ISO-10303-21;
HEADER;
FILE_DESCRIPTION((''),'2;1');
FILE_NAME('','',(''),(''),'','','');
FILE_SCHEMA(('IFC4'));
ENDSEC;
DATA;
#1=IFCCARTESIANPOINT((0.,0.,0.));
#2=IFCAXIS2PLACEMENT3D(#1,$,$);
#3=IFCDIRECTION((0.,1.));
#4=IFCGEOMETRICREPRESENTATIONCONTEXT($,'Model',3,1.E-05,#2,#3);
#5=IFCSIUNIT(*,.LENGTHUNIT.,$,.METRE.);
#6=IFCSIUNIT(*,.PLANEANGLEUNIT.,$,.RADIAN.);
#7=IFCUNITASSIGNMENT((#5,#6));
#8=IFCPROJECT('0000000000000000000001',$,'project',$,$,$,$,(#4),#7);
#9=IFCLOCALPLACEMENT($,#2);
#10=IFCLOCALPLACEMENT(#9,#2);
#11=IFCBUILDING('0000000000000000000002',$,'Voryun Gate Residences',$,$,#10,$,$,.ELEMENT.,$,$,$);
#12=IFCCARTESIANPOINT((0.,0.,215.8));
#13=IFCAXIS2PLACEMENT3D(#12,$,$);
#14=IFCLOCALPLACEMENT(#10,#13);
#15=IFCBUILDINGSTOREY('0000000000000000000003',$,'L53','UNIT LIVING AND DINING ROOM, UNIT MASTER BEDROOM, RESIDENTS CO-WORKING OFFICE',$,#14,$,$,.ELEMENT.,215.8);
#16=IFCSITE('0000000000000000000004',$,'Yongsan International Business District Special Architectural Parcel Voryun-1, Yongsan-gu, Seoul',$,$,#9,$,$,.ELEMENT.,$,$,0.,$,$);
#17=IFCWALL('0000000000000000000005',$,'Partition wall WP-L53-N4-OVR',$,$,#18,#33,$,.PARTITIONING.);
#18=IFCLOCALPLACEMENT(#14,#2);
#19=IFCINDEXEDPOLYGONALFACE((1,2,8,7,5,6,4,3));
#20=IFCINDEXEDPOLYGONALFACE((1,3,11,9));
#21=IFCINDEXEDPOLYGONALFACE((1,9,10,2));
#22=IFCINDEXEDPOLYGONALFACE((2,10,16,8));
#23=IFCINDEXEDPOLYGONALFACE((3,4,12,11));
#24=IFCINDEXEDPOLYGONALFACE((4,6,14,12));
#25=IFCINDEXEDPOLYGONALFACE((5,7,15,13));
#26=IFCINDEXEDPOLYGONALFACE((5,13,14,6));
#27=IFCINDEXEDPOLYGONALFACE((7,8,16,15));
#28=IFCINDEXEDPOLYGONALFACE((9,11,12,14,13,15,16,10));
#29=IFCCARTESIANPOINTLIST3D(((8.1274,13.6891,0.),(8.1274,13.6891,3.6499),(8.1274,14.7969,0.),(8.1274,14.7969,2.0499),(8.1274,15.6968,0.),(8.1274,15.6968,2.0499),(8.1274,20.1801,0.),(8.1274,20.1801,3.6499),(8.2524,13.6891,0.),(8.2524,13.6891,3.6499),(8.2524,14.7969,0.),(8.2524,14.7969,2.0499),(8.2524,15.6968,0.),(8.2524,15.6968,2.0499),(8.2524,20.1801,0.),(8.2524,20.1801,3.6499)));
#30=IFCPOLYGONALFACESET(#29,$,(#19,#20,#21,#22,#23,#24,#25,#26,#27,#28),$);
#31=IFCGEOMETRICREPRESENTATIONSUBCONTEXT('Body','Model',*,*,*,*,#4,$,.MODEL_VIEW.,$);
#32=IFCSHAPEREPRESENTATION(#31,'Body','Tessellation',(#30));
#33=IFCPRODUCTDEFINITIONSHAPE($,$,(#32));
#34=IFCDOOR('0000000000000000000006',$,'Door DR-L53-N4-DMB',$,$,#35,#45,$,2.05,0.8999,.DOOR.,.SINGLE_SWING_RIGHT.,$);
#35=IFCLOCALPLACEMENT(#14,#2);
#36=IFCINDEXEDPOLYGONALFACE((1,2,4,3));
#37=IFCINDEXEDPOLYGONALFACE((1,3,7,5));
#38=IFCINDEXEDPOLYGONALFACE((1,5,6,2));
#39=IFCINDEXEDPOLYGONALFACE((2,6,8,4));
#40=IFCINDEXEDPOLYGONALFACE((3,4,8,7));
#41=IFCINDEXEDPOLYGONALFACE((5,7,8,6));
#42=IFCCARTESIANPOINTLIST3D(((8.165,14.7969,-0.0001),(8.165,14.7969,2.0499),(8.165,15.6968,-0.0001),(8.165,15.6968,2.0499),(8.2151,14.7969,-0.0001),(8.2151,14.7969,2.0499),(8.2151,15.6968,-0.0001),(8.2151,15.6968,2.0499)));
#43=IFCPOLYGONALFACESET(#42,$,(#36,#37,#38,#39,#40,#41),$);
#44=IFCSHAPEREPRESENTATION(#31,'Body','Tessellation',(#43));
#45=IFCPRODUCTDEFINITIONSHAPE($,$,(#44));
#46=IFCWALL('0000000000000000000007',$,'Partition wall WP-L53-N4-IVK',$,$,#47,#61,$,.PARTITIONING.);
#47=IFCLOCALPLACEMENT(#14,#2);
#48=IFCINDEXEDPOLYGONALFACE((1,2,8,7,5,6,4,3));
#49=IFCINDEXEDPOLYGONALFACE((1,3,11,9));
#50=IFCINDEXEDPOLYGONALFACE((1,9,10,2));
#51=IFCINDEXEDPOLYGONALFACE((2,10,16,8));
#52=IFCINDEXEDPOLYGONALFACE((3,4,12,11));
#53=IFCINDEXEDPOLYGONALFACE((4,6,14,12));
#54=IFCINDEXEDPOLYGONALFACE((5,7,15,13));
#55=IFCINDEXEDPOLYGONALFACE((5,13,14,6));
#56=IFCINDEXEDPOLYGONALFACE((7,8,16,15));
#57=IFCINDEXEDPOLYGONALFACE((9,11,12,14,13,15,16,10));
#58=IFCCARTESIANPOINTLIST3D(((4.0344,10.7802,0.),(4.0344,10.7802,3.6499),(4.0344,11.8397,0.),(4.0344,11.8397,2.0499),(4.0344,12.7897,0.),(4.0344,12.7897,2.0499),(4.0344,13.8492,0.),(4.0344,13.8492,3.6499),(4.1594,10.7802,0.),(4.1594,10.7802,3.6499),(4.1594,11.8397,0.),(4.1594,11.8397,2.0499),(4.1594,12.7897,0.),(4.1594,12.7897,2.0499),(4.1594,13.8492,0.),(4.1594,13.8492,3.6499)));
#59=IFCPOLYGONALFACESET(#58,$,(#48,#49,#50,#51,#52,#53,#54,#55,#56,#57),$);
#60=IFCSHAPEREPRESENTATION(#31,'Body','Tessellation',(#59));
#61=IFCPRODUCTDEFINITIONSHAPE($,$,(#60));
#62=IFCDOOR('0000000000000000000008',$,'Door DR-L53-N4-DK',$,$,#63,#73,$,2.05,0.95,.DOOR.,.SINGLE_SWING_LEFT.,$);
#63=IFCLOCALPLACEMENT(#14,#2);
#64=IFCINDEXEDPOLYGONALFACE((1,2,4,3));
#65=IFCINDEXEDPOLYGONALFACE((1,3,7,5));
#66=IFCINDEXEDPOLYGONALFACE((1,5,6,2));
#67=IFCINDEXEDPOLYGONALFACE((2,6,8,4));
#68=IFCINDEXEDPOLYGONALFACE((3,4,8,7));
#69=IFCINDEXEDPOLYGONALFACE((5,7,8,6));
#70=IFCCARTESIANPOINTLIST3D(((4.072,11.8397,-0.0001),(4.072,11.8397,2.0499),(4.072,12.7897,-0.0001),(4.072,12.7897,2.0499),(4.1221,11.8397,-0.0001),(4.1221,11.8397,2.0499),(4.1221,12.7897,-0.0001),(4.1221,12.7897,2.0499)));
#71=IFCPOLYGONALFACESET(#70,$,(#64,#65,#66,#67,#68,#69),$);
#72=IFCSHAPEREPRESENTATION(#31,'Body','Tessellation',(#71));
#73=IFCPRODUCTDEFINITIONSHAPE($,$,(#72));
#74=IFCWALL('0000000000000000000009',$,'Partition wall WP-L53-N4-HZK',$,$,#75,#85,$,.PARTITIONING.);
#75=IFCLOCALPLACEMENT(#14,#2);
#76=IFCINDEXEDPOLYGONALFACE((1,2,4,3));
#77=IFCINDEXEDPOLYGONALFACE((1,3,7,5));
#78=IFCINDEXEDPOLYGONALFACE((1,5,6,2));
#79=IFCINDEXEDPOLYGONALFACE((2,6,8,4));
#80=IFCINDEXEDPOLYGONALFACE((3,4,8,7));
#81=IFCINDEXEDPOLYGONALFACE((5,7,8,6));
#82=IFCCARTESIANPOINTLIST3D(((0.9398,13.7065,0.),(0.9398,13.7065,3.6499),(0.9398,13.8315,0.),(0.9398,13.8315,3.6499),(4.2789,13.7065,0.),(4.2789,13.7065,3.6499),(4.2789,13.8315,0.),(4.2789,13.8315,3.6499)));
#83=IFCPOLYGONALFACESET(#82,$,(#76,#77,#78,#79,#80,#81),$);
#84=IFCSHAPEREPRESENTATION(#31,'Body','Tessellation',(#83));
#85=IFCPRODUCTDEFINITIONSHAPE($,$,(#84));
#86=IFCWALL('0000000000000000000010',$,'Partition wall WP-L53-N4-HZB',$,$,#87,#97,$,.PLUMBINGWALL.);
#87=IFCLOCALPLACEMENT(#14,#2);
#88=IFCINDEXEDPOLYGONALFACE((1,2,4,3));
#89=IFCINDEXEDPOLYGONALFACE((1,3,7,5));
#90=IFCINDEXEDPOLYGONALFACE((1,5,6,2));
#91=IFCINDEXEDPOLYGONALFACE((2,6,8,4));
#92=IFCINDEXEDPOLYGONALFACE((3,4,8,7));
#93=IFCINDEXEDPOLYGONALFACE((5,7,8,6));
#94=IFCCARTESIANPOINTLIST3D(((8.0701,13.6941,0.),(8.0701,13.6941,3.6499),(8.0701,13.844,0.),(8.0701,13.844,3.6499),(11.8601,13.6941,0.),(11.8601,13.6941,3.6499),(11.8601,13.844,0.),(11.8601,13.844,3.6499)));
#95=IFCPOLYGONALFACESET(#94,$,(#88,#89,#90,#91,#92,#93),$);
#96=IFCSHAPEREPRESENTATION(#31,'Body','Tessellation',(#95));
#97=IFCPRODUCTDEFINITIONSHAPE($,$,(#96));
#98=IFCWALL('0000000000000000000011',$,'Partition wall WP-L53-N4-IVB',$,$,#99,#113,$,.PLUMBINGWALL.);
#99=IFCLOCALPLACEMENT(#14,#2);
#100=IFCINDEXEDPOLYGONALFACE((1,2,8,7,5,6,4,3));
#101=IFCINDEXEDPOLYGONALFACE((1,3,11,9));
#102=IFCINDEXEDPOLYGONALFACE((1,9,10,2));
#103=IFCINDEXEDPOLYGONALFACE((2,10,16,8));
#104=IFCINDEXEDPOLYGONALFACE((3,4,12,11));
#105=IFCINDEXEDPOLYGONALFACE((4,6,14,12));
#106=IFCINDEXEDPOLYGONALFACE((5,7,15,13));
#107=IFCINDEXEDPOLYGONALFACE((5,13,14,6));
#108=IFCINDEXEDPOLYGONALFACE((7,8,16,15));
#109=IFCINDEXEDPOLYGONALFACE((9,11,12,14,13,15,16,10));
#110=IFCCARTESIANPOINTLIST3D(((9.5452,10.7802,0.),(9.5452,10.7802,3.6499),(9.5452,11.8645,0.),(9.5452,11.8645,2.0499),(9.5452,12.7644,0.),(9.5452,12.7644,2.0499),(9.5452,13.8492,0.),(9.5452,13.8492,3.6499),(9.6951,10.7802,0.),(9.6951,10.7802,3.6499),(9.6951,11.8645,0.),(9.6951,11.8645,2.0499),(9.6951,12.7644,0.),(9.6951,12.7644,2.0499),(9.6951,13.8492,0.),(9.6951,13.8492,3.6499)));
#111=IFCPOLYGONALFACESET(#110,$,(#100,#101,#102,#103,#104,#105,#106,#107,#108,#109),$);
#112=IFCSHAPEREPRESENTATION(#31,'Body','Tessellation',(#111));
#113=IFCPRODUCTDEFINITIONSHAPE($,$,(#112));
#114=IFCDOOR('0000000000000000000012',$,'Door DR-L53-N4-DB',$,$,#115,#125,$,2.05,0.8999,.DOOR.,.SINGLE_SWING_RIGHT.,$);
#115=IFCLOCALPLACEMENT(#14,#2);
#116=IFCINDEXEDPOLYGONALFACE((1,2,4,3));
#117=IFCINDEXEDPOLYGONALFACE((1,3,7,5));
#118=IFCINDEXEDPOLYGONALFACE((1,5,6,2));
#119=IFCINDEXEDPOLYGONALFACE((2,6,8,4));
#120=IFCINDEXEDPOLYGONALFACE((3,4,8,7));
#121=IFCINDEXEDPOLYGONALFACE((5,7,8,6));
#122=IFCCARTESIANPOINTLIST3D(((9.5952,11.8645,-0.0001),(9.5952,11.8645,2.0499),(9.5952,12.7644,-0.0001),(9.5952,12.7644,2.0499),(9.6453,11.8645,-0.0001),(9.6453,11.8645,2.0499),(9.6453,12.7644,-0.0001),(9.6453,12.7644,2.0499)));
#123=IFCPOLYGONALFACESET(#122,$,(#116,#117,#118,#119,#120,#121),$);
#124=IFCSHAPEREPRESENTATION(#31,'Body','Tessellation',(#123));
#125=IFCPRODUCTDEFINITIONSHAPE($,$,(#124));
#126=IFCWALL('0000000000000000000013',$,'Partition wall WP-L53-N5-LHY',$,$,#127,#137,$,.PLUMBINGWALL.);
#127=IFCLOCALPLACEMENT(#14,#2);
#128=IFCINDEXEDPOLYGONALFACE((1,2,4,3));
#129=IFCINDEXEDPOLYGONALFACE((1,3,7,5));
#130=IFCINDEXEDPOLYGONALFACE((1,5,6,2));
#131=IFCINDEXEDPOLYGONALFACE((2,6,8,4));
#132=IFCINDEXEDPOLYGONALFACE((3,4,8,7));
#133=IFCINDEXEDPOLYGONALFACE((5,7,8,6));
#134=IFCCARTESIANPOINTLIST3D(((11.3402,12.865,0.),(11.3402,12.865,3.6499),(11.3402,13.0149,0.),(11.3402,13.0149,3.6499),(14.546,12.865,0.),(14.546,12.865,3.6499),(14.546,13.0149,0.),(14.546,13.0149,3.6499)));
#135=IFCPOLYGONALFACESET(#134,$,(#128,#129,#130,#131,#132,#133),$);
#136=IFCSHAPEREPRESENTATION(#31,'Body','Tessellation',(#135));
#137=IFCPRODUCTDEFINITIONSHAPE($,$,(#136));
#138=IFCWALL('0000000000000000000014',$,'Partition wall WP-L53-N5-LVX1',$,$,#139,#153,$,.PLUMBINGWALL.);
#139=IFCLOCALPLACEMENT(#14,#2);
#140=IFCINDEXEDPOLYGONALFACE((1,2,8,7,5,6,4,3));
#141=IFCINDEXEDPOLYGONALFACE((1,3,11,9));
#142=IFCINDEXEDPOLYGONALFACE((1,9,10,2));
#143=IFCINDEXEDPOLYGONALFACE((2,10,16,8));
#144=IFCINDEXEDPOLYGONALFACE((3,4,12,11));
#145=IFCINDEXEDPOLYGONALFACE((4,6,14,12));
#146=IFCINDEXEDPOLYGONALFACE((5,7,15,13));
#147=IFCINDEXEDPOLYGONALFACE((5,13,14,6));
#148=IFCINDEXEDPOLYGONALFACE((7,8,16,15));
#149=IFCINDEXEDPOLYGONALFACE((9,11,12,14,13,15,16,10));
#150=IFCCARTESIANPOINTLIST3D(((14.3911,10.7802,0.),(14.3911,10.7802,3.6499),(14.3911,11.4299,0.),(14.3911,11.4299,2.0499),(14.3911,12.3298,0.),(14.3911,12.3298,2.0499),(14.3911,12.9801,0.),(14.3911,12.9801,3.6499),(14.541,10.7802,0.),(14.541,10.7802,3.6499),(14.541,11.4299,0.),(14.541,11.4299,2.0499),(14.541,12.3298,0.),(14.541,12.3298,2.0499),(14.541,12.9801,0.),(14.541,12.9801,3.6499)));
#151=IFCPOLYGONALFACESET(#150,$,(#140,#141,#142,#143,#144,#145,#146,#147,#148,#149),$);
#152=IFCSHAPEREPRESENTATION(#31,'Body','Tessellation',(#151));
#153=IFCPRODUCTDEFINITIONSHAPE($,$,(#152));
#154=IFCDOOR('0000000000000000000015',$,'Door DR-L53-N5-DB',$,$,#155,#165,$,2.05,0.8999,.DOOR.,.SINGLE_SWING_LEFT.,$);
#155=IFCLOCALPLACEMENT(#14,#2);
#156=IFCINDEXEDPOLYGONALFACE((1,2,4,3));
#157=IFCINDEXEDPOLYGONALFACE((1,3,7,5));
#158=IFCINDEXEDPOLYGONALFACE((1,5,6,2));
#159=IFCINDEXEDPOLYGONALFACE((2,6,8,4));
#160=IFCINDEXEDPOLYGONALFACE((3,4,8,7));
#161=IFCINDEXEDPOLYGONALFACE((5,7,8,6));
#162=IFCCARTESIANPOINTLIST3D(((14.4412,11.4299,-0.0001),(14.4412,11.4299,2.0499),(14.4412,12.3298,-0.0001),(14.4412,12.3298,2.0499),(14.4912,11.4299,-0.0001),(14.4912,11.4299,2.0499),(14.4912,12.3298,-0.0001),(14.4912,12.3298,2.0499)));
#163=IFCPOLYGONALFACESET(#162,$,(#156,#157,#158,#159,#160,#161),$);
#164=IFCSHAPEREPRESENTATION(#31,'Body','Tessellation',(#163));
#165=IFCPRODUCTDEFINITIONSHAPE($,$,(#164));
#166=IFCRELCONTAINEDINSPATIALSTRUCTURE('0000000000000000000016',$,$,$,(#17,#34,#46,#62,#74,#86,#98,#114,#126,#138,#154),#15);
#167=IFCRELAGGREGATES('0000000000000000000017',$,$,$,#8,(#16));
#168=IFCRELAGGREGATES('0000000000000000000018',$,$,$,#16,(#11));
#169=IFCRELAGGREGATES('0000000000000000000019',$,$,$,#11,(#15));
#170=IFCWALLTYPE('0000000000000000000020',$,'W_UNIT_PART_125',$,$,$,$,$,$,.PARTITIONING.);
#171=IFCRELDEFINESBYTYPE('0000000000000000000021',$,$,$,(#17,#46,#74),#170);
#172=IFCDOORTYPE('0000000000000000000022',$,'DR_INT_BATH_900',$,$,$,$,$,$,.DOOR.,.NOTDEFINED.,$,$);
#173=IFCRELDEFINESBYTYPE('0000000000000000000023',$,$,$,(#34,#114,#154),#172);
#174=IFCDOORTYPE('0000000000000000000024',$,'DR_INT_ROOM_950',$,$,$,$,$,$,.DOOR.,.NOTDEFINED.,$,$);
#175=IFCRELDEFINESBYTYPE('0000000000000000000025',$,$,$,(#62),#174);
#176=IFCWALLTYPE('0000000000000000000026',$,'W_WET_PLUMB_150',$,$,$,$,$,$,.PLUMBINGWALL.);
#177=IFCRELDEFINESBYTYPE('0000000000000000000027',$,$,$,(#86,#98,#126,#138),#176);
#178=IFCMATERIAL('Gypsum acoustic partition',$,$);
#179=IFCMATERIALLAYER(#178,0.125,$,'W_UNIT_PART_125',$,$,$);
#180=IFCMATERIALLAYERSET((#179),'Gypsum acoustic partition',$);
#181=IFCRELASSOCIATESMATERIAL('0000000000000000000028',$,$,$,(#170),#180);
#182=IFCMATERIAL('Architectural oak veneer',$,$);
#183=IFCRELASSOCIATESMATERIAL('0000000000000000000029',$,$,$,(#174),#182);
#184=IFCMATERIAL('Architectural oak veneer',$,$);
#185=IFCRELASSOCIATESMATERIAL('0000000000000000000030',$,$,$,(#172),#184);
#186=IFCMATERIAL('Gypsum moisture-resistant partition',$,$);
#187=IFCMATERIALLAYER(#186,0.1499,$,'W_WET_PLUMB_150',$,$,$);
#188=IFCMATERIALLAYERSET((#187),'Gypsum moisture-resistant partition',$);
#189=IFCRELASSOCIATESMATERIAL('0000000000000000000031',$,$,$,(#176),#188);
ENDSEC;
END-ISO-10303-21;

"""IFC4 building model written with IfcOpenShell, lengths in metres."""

from ifc_helpers import new_model, si_unit, direction, frame, frame_2d, origin, place, context, subcontext, project, spatial, rectangle, extrude, material, layer, layer_set, type_object, element, fill, save


model = new_model("IFC4")

# Units and contexts
model_context = context("Model", 3, precision=1e-05, world=origin(), true_north=direction((0.0, 1.0)))
body_context = subcontext(model_context, "Body", "Model", "MODEL_VIEW")
ifc_project = project(units=[si_unit("LENGTHUNIT", "METRE"), si_unit("PLANEANGLEUNIT", "RADIAN")], contexts=[model_context])

# Site, building, storey
site_placement = place(None, origin())
site = spatial("IfcSite", under=ifc_project, at=site_placement, Name="Yongsan International Business District Special Architectural Parcel Voryun-1, Yongsan-gu, Seoul", CompositionType="ELEMENT", RefElevation=0.0)
building_placement = place(site_placement, origin())
building = spatial("IfcBuilding", under=site, at=building_placement, Name="Voryun Gate Residences", CompositionType="ELEMENT")
storey_placement = place(building_placement, frame((0.0, 0.0, 215.8)))
storey = spatial("IfcBuildingStorey", under=building, at=storey_placement, Name="L53", Description="UNIT LIVING AND DINING ROOM, UNIT MASTER BEDROOM, RESIDENTS CO-WORKING OFFICE", CompositionType="ELEMENT", Elevation=215.8)

# Walls, openings, doors
ifc_material_1 = material(Name="Gypsum acoustic partition")
ifc_layer_1 = layer(ifc_material_1, 0.125, Name="W_UNIT_PART_125")
ifc_layer_set_1 = layer_set([ifc_layer_1], Name="Gypsum acoustic partition")
wall_type_1 = type_object("IfcWallType", Name="W_UNIT_PART_125", PredefinedType="PARTITIONING", material=ifc_layer_set_1)
ifc_material_2 = material(Name="Architectural oak veneer")
door_type_1 = type_object("IfcDoorType", Name="DR_INT_ROOM_950", OperationType="NOTDEFINED", PredefinedType="DOOR", material=ifc_material_2)
wall_1_placement = place(storey_placement, frame((8.1899, 13.689, 0.0), z_axis=(0.0, 0.0, 1.0), x_axis=(0.0, 1.0, 0.0)))
wall_1 = element("IfcWall", 1, at=wall_1_placement, inside=storey, type_object=wall_type_1, Name="Partition wall WP-L53-N4-OVR", PredefinedType="PARTITIONING", context=body_context, shape_type="SweptSolid", body=[
    extrude(rectangle(XDim=6.491, YDim=0.125, at=frame_2d((3.2456, 0.0))), origin(), (0.0, 0.0, 1.0), 3.6499),
])
opening_1_placement = place(wall_1_placement, frame((1.1079, 0.0, 0.0)))
opening_1 = element("IfcOpeningElement", 2, at=opening_1_placement, cuts=wall_1, PredefinedType="OPENING", context=body_context, shape_type="SweptSolid", body=[
    extrude(rectangle(XDim=0.8999, YDim=2.05, at=frame_2d((0.45, 1.0249))), frame((0.0, 0.0725, 0.0), z_axis=(0.0, -1.0, 0.0), x_axis=(1.0, 0.0, 0.0)), (0.0, 0.0, 1.0), 0.145),
])
ifc_material_3 = material(Name="Architectural oak veneer")
door_type_2 = type_object("IfcDoorType", Name="DR_INT_BATH_900", OperationType="NOTDEFINED", PredefinedType="DOOR", material=ifc_material_3)
door_1_placement = place(opening_1_placement, origin())
door_1 = element("IfcDoor", 3, at=door_1_placement, inside=storey, type_object=door_type_2, Name="Door DR-L53-N4-DMB", OperationType="SINGLE_SWING_RIGHT", OverallHeight=2.05, OverallWidth=0.8999, PredefinedType="DOOR", context=body_context, shape_type="SweptSolid", body=[
    extrude(rectangle(XDim=0.8999, YDim=2.05, at=frame_2d((0.45, 1.0249))), frame((0.0, 0.0249, 0.0), z_axis=(0.0, -1.0, 0.0), x_axis=(1.0, 0.0, 0.0)), (0.0, 0.0, 1.0), 0.05),
])
fill(opening_1, door_1)
wall_2_placement = place(storey_placement, frame((4.0969, 10.78, 0.0), z_axis=(0.0, 0.0, 1.0), x_axis=(0.0, 1.0, 0.0)))
wall_2 = element("IfcWall", 4, at=wall_2_placement, inside=storey, type_object=wall_type_1, Name="Partition wall WP-L53-N4-IVK", PredefinedType="PARTITIONING", context=body_context, shape_type="SweptSolid", body=[
    extrude(rectangle(XDim=3.0691, YDim=0.125, at=frame_2d((1.5347, 0.0))), origin(), (0.0, 0.0, 1.0), 3.6499),
])
opening_2_placement = place(wall_2_placement, frame((1.0596, 0.0, 0.0)))
opening_2 = element("IfcOpeningElement", 5, at=opening_2_placement, cuts=wall_2, PredefinedType="OPENING", context=body_context, shape_type="SweptSolid", body=[
    extrude(rectangle(XDim=0.95, YDim=2.05, at=frame_2d((0.4751, 1.0249))), frame((0.0, 0.0725, 0.0), z_axis=(0.0, -1.0, 0.0), x_axis=(1.0, 0.0, 0.0)), (0.0, 0.0, 1.0), 0.145),
])
door_2_placement = place(opening_2_placement, origin())
door_2 = element("IfcDoor", 6, at=door_2_placement, inside=storey, type_object=door_type_1, Name="Door DR-L53-N4-DK", OperationType="SINGLE_SWING_LEFT", OverallHeight=2.05, OverallWidth=0.95, PredefinedType="DOOR", context=body_context, shape_type="SweptSolid", body=[
    extrude(rectangle(XDim=0.95, YDim=2.05, at=frame_2d((0.4751, 1.0249))), frame((0.0, 0.0249, 0.0), z_axis=(0.0, -1.0, 0.0), x_axis=(1.0, 0.0, 0.0)), (0.0, 0.0, 1.0), 0.05),
])
fill(opening_2, door_2)

# Walls
wall_3_placement = place(storey_placement, frame((0.9399, 13.769, 0.0), z_axis=(0.0, 0.0, 1.0), x_axis=(1.0, 0.0, 0.0)))
element("IfcWall", 7, at=wall_3_placement, inside=storey, type_object=wall_type_1, Name="Partition wall WP-L53-N4-HZK", PredefinedType="PARTITIONING", context=body_context, shape_type="SweptSolid", body=[
    extrude(rectangle(XDim=3.3391, YDim=0.125, at=frame_2d((1.6694, 0.0))), origin(), (0.0, 0.0, 1.0), 3.6499),
])
ifc_material_4 = material(Name="Gypsum moisture-resistant partition")
ifc_layer_2 = layer(ifc_material_4, 0.1499, Name="W_WET_PLUMB_150")
ifc_layer_set_2 = layer_set([ifc_layer_2], Name="Gypsum moisture-resistant partition")
wall_type_2 = type_object("IfcWallType", Name="W_WET_PLUMB_150", PredefinedType="PLUMBINGWALL", material=ifc_layer_set_2)
wall_4_placement = place(storey_placement, frame((8.0701, 13.769, 0.0), z_axis=(0.0, 0.0, 1.0), x_axis=(1.0, 0.0, 0.0)))
element("IfcWall", 8, at=wall_4_placement, inside=storey, type_object=wall_type_2, Name="Partition wall WP-L53-N4-HZB", PredefinedType="PLUMBINGWALL", context=body_context, shape_type="SweptSolid", body=[
    extrude(rectangle(XDim=3.79, YDim=0.1499, at=frame_2d((1.895, 0.0))), origin(), (0.0, 0.0, 1.0), 3.6499),
])

# Wall, opening, door
wall_5_placement = place(storey_placement, frame((9.6201, 10.78, 0.0), z_axis=(0.0, 0.0, 1.0), x_axis=(0.0, 1.0, 0.0)))
wall_5 = element("IfcWall", 9, at=wall_5_placement, inside=storey, type_object=wall_type_2, Name="Partition wall WP-L53-N4-IVB", PredefinedType="PLUMBINGWALL", context=body_context, shape_type="SweptSolid", body=[
    extrude(rectangle(XDim=3.0691, YDim=0.1499, at=frame_2d((1.5347, 0.0))), origin(), (0.0, 0.0, 1.0), 3.6499),
])
opening_3_placement = place(wall_5_placement, frame((1.0845, 0.0, 0.0)))
opening_3 = element("IfcOpeningElement", 10, at=opening_3_placement, cuts=wall_5, PredefinedType="OPENING", context=body_context, shape_type="SweptSolid", body=[
    extrude(rectangle(XDim=0.8999, YDim=2.05, at=frame_2d((0.45, 1.0249))), frame((0.0, 0.085, 0.0), z_axis=(0.0, -1.0, 0.0), x_axis=(1.0, 0.0, 0.0)), (0.0, 0.0, 1.0), 0.1699),
])
door_3_placement = place(opening_3_placement, origin())
door_3 = element("IfcDoor", 11, at=door_3_placement, inside=storey, type_object=door_type_2, Name="Door DR-L53-N4-DB", OperationType="SINGLE_SWING_RIGHT", OverallHeight=2.05, OverallWidth=0.8999, PredefinedType="DOOR", context=body_context, shape_type="SweptSolid", body=[
    extrude(rectangle(XDim=0.8999, YDim=2.05, at=frame_2d((0.45, 1.0249))), frame((0.0, 0.0249, 0.0), z_axis=(0.0, -1.0, 0.0), x_axis=(1.0, 0.0, 0.0)), (0.0, 0.0, 1.0), 0.05),
])
fill(opening_3, door_3)

# Wall
wall_6_placement = place(storey_placement, frame((11.3401, 12.9399, 0.0), z_axis=(0.0, 0.0, 1.0), x_axis=(1.0, 0.0, 0.0)))
element("IfcWall", 12, at=wall_6_placement, inside=storey, type_object=wall_type_2, Name="Partition wall WP-L53-N5-LHY", PredefinedType="PLUMBINGWALL", context=body_context, shape_type="SweptSolid", body=[
    extrude(rectangle(XDim=3.2058, YDim=0.1499, at=frame_2d((1.603, 0.0))), origin(), (0.0, 0.0, 1.0), 3.6499),
])

# Wall, opening, door
wall_7_placement = place(storey_placement, frame((14.4661, 10.78, 0.0), z_axis=(0.0, 0.0, 1.0), x_axis=(0.0, 1.0, 0.0)))
wall_7 = element("IfcWall", 13, at=wall_7_placement, inside=storey, type_object=wall_type_2, Name="Partition wall WP-L53-N5-LVX1", PredefinedType="PLUMBINGWALL", context=body_context, shape_type="SweptSolid", body=[
    extrude(rectangle(XDim=2.2, YDim=0.1499, at=frame_2d((1.1001, 0.0))), origin(), (0.0, 0.0, 1.0), 3.6499),
])
opening_4_placement = place(wall_7_placement, frame((0.6499, 0.0, 0.0)))
opening_4 = element("IfcOpeningElement", 14, at=opening_4_placement, cuts=wall_7, PredefinedType="OPENING", context=body_context, shape_type="SweptSolid", body=[
    extrude(rectangle(XDim=0.8999, YDim=2.05, at=frame_2d((0.45, 1.0249))), frame((0.0, 0.085, 0.0), z_axis=(0.0, -1.0, 0.0), x_axis=(1.0, 0.0, 0.0)), (0.0, 0.0, 1.0), 0.1699),
])
door_4_placement = place(opening_4_placement, origin())
door_4 = element("IfcDoor", 15, at=door_4_placement, inside=storey, type_object=door_type_2, Name="Door DR-L53-N5-DB", OperationType="SINGLE_SWING_LEFT", OverallHeight=2.05, OverallWidth=0.8999, PredefinedType="DOOR", context=body_context, shape_type="SweptSolid", body=[
    extrude(rectangle(XDim=0.8999, YDim=2.05, at=frame_2d((0.45, 1.0249))), frame((0.0, 0.0249, 0.0), z_axis=(0.0, -1.0, 0.0), x_axis=(1.0, 0.0, 0.0)), (0.0, 0.0, 1.0), 0.05),
])
fill(opening_4, door_4)

save(model, "model.ifc")
